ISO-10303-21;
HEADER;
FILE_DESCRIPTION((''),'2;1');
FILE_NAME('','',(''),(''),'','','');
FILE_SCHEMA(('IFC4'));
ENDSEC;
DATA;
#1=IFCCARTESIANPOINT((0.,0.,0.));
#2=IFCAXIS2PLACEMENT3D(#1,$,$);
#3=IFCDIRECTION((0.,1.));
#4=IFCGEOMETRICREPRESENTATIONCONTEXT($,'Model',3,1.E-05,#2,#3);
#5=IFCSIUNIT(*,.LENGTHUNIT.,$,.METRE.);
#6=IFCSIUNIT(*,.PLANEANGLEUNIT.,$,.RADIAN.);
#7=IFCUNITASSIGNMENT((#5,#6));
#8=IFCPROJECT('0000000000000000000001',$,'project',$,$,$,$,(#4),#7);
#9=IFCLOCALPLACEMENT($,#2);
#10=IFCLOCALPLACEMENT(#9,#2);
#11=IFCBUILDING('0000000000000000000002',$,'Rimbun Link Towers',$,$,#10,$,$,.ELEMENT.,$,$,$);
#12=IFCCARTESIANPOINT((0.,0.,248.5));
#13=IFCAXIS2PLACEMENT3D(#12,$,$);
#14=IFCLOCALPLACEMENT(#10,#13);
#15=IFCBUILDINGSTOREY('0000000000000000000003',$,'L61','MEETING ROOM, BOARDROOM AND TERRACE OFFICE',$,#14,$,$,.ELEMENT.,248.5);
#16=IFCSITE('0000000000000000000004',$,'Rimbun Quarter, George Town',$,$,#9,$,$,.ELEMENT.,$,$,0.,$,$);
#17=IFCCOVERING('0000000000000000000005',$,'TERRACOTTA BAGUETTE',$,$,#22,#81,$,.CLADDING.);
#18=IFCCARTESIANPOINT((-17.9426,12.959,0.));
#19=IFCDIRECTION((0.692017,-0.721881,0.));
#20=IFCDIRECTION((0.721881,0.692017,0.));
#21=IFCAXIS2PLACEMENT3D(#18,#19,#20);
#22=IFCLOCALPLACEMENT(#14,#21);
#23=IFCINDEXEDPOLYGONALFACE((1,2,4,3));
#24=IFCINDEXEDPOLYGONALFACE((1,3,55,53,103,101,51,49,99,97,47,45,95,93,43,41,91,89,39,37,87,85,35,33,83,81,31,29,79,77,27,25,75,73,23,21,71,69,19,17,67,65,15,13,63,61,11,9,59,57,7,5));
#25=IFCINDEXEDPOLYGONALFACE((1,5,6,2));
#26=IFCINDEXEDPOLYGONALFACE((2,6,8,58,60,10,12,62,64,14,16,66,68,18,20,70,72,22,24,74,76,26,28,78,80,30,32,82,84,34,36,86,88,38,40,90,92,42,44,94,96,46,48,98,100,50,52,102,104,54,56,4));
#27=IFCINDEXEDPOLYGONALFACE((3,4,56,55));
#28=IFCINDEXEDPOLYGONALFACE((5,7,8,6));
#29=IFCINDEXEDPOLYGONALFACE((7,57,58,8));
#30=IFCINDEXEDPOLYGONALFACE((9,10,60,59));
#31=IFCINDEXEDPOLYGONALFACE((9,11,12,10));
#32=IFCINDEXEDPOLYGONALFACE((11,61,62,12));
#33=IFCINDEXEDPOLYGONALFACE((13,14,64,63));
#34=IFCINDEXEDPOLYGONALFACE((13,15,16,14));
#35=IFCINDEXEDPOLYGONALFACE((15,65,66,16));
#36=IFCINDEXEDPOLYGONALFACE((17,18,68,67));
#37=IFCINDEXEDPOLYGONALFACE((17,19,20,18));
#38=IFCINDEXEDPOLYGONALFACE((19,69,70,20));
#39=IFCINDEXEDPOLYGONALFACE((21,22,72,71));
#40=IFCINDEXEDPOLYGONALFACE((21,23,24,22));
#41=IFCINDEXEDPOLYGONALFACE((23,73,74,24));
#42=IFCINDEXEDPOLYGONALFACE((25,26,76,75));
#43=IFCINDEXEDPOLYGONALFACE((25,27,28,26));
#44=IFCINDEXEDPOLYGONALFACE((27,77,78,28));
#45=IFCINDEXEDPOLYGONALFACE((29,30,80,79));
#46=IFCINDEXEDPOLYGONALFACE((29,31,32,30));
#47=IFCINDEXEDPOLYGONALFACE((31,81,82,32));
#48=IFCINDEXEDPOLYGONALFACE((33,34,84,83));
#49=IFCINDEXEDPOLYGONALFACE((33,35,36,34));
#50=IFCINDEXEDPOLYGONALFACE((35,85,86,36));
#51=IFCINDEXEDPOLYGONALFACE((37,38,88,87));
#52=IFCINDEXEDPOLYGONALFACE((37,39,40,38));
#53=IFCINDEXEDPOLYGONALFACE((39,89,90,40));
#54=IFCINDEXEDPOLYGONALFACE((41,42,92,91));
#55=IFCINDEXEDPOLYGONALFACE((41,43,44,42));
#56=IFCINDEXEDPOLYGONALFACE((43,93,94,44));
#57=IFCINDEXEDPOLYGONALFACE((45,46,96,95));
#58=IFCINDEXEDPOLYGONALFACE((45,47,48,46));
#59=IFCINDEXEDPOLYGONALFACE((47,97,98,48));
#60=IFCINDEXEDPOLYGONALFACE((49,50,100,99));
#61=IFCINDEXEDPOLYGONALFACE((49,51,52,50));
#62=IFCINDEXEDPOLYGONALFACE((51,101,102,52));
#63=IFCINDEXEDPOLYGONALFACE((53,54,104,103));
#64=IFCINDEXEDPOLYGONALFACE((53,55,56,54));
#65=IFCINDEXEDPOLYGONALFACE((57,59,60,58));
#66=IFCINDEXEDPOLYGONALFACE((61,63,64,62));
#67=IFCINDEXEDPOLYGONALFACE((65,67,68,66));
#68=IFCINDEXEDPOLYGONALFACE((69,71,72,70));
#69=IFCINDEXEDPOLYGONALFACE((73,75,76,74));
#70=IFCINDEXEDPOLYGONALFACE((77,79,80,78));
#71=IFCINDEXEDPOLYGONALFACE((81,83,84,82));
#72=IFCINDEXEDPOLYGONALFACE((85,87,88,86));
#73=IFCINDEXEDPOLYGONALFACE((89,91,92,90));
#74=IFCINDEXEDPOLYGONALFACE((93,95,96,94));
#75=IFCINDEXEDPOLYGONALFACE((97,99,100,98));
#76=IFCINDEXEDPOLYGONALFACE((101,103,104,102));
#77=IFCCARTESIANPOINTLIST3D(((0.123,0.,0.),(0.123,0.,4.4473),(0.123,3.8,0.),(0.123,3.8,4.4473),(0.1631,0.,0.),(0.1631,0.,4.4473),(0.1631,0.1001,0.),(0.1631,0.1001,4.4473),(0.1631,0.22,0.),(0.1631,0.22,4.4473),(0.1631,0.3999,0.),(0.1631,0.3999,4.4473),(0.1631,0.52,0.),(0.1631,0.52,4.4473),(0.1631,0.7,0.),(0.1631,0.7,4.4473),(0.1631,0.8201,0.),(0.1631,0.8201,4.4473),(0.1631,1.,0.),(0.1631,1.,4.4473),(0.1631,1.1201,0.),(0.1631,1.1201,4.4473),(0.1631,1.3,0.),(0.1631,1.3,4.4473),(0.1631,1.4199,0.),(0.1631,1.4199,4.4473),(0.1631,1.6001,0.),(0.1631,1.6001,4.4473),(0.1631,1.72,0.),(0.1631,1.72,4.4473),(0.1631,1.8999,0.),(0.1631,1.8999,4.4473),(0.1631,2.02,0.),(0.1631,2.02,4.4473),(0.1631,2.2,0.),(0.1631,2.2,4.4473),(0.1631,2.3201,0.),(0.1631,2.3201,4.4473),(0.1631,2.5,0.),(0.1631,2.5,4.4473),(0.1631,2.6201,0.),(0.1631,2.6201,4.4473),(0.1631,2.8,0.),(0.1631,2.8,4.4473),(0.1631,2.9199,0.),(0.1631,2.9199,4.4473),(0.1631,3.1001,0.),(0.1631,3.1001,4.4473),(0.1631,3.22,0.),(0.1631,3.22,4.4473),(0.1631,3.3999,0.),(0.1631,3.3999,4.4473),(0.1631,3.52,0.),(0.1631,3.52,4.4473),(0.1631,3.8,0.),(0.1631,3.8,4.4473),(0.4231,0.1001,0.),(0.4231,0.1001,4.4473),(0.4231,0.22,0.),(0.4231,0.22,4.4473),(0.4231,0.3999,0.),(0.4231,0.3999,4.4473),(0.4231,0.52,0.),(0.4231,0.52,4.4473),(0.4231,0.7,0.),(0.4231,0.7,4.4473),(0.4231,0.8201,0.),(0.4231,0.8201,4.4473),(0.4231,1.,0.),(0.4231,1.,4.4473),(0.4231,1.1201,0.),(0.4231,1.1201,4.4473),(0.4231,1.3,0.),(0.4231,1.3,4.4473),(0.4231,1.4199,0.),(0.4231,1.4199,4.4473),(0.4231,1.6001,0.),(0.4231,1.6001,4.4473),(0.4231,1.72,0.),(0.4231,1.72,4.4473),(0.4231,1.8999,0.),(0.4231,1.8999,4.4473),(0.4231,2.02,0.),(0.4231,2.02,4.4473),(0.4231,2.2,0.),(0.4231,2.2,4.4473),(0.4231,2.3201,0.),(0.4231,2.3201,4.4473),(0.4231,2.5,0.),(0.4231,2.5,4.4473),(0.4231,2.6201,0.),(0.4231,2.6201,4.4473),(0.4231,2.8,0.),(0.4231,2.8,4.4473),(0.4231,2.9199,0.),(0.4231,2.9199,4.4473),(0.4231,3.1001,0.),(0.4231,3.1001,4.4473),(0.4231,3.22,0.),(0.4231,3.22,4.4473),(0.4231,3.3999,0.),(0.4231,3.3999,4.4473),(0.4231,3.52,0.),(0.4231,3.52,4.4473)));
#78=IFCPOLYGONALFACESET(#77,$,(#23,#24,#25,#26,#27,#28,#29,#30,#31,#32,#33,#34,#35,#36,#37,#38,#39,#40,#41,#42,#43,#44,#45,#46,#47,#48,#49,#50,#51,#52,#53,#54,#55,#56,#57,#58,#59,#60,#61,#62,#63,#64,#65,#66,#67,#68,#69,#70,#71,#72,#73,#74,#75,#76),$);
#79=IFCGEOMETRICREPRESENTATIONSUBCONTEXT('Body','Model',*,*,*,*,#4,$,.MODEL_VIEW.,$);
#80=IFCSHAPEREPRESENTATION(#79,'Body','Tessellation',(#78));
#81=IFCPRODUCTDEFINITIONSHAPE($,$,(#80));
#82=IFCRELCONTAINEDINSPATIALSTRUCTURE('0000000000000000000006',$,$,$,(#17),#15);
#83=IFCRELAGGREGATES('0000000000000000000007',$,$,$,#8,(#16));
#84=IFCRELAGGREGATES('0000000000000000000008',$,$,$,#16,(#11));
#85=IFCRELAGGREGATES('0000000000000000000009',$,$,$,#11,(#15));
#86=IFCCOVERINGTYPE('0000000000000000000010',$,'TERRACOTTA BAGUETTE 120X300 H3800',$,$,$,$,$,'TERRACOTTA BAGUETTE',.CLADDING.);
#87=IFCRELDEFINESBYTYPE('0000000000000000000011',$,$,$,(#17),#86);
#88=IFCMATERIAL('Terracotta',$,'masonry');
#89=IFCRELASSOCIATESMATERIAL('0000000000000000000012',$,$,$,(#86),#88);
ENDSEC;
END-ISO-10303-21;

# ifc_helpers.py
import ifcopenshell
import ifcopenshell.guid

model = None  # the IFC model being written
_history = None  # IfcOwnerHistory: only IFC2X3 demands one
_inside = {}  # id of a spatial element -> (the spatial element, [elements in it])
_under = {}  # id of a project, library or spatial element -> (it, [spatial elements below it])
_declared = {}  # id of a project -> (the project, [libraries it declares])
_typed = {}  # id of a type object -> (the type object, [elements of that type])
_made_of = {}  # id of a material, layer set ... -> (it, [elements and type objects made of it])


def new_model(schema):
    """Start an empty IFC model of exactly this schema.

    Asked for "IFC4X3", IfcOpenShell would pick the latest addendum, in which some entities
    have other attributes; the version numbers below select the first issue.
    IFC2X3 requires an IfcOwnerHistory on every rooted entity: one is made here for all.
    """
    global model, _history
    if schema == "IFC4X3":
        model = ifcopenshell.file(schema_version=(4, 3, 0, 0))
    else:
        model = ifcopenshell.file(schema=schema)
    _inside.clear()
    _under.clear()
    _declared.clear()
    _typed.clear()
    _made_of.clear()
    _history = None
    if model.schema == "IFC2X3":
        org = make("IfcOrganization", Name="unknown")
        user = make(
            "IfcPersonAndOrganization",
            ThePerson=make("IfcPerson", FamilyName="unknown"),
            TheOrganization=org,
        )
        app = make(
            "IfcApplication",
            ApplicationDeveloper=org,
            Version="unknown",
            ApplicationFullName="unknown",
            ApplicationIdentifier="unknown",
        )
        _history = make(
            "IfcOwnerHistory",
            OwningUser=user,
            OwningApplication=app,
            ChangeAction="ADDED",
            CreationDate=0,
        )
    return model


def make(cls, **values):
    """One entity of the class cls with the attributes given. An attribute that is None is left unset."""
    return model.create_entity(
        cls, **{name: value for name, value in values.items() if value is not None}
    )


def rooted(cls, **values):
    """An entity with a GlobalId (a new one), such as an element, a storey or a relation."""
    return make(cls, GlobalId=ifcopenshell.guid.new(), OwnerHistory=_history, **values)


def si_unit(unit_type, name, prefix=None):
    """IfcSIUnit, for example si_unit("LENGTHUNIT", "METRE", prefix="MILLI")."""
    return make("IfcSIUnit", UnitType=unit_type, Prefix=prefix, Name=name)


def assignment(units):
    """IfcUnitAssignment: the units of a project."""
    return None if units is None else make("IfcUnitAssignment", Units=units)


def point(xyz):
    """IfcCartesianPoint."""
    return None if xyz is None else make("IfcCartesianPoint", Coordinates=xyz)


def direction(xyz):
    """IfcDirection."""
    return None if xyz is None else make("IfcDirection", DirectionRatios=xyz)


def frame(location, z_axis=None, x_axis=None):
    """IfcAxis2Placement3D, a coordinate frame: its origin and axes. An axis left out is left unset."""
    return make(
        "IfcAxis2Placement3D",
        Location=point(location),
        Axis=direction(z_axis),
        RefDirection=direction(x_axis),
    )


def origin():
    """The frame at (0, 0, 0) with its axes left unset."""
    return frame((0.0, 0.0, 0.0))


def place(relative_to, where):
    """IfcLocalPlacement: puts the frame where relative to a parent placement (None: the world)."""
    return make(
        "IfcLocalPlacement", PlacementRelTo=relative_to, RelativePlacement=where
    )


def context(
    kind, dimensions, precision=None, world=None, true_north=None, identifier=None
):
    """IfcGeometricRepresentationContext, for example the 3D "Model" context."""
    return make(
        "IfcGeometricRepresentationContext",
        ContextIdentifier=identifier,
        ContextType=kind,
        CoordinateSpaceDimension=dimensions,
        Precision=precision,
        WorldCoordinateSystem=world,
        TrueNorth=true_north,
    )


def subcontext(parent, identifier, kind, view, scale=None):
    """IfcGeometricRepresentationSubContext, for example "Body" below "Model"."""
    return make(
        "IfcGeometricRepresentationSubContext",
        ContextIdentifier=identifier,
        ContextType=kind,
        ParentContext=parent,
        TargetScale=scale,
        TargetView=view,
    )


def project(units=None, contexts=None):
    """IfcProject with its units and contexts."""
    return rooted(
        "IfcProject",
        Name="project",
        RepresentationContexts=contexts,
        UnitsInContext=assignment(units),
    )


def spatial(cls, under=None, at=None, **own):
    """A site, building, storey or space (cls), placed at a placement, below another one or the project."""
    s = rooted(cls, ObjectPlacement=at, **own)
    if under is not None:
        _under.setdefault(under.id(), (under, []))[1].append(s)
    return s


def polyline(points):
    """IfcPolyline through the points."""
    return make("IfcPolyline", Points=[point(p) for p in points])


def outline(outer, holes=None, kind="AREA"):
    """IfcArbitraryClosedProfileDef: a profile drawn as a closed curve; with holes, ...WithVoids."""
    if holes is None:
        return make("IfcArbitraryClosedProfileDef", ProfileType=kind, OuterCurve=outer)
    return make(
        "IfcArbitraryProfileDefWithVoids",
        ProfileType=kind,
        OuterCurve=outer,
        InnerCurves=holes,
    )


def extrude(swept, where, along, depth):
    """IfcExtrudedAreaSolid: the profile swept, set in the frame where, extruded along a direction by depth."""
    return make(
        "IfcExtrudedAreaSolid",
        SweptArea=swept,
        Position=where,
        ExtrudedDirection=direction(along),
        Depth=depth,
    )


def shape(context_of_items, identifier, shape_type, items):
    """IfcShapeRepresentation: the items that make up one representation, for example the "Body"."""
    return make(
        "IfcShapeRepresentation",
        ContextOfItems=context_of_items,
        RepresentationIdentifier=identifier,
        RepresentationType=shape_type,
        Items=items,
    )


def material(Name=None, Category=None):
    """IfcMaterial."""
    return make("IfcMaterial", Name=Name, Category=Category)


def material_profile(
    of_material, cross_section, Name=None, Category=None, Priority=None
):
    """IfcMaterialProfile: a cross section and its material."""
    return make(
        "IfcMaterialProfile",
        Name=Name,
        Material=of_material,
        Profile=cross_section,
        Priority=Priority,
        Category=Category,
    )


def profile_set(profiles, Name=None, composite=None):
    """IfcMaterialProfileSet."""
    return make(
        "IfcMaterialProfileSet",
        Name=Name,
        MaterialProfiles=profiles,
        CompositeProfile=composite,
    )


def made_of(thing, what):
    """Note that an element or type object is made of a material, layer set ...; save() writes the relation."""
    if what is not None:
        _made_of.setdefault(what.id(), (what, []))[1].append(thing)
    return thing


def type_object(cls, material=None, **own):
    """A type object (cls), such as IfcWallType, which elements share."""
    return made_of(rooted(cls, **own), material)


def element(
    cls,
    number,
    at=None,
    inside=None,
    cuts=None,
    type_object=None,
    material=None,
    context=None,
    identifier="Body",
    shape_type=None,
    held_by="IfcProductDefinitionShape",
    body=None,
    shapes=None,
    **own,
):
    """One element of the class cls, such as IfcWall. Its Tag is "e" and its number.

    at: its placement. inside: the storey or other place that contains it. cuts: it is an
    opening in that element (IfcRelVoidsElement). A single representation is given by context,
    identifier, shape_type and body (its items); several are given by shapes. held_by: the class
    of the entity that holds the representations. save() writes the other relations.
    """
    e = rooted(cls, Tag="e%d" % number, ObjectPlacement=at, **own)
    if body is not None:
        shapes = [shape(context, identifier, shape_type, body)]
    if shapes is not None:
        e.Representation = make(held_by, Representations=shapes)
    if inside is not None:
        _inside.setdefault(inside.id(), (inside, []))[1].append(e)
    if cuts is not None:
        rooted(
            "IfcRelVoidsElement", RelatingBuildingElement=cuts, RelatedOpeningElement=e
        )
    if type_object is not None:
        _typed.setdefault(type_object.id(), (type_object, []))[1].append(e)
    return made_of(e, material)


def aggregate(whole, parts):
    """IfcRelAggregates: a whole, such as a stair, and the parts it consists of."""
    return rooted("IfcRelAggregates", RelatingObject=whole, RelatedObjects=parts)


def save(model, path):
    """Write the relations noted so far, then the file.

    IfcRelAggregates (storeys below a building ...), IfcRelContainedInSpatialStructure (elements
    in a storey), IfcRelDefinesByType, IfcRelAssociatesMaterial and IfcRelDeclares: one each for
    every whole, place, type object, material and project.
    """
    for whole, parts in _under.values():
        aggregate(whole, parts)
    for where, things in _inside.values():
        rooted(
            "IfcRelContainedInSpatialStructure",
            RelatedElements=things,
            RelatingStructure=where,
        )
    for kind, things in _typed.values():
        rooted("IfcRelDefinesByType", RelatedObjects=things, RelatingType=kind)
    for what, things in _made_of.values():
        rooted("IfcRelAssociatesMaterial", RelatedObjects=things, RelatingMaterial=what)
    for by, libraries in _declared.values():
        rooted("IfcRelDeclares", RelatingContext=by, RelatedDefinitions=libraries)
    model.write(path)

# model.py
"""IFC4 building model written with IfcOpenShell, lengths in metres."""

from ifc_helpers import new_model, si_unit, direction, frame, origin, place, context, subcontext, project, spatial, polyline, outline, extrude, material, material_profile, profile_set, type_object, element, save


model = new_model("IFC4")

# Units and contexts
model_context = context("Model", 3, precision=1e-05, world=origin(), true_north=direction((0.0, 1.0)))
body_context = subcontext(model_context, "Body", "Model", "MODEL_VIEW")
ifc_project = project(units=[si_unit("LENGTHUNIT", "METRE"), si_unit("PLANEANGLEUNIT", "RADIAN")], contexts=[model_context])

# Site, building, storey
site_placement = place(None, origin())
site = spatial("IfcSite", under=ifc_project, at=site_placement, Name="Rimbun Quarter, George Town", CompositionType="ELEMENT", RefElevation=0.0)
building_placement = place(site_placement, origin())
building = spatial("IfcBuilding", under=site, at=building_placement, Name="Rimbun Link Towers", CompositionType="ELEMENT")
storey_placement = place(building_placement, frame((0.0, 0.0, 248.5)))
storey = spatial("IfcBuildingStorey", under=building, at=storey_placement, Name="L61", Description="MEETING ROOM, BOARDROOM AND TERRACE OFFICE", CompositionType="ELEMENT", Elevation=248.5)

# Covering
ifc_material_1 = material(Name="Terracotta", Category="masonry")
ifc_material_profile_1 = material_profile(ifc_material_1, outline(polyline([(0.123, 0.0), (0.1631, 0.0), (0.1631, 0.1001), (0.4231, 0.1001), (0.4231, 0.22), (0.1631, 0.22), (0.1631, 0.3999), (0.4231, 0.3999), (0.4231, 0.52), (0.1631, 0.52), (0.1631, 0.7), (0.4231, 0.7), (0.4231, 0.8201), (0.1631, 0.8201), (0.1631, 1.0), (0.4231, 1.0), (0.4231, 1.1201), (0.1631, 1.1201), (0.1631, 1.3), (0.4231, 1.3), (0.4231, 1.4199), (0.1631, 1.4199), (0.1631, 1.6001), (0.4231, 1.6001), (0.4231, 1.72), (0.1631, 1.72), (0.1631, 1.8999), (0.4231, 1.8999), (0.4231, 2.02), (0.1631, 2.02), (0.1631, 2.2), (0.4231, 2.2), (0.4231, 2.3201), (0.1631, 2.3201), (0.1631, 2.5), (0.4231, 2.5), (0.4231, 2.6201), (0.1631, 2.6201), (0.1631, 2.8), (0.4231, 2.8), (0.4231, 2.9199), (0.1631, 2.9199), (0.1631, 3.1001), (0.4231, 3.1001), (0.4231, 3.22), (0.1631, 3.22), (0.1631, 3.3999), (0.4231, 3.3999), (0.4231, 3.52), (0.1631, 3.52), (0.1631, 3.8), (0.123, 3.8), (0.123, 0.0)])), Name="BAGUETTE 120X300")
ifc_profile_set_1 = profile_set([ifc_material_profile_1], Name="Terracotta")
covering_type = type_object("IfcCoveringType", Name="TERRACOTTA BAGUETTE 120X300 H3800", ElementType="TERRACOTTA BAGUETTE", PredefinedType="CLADDING", material=ifc_profile_set_1)
covering_1_placement = place(storey_placement, frame((-17.9426, 12.959, 0.0), z_axis=(0.692017, -0.721881, 0.0), x_axis=(0.721881, 0.692017, 0.0)))
element("IfcCovering", 1, at=covering_1_placement, inside=storey, type_object=covering_type, Name="TERRACOTTA BAGUETTE", PredefinedType="CLADDING", context=body_context, shape_type="SweptSolid", body=[
    extrude(outline(polyline([(0.123, 0.0), (0.1631, 0.0), (0.1631, 0.1001), (0.4231, 0.1001), (0.4231, 0.22), (0.1631, 0.22), (0.1631, 0.3999), (0.4231, 0.3999), (0.4231, 0.52), (0.1631, 0.52), (0.1631, 0.7), (0.4231, 0.7), (0.4231, 0.8201), (0.1631, 0.8201), (0.1631, 1.0), (0.4231, 1.0), (0.4231, 1.1201), (0.1631, 1.1201), (0.1631, 1.3), (0.4231, 1.3), (0.4231, 1.4199), (0.1631, 1.4199), (0.1631, 1.6001), (0.4231, 1.6001), (0.4231, 1.72), (0.1631, 1.72), (0.1631, 1.8999), (0.4231, 1.8999), (0.4231, 2.02), (0.1631, 2.02), (0.1631, 2.2), (0.4231, 2.2), (0.4231, 2.3201), (0.1631, 2.3201), (0.1631, 2.5), (0.4231, 2.5), (0.4231, 2.6201), (0.1631, 2.6201), (0.1631, 2.8), (0.4231, 2.8), (0.4231, 2.9199), (0.1631, 2.9199), (0.1631, 3.1001), (0.4231, 3.1001), (0.4231, 3.22), (0.1631, 3.22), (0.1631, 3.3999), (0.4231, 3.3999), (0.4231, 3.52), (0.1631, 3.52), (0.1631, 3.8), (0.123, 3.8), (0.123, 0.0)])), origin(), (0.0, 0.0, 1.0), 4.4473),
])

save(model, "model.ifc")
